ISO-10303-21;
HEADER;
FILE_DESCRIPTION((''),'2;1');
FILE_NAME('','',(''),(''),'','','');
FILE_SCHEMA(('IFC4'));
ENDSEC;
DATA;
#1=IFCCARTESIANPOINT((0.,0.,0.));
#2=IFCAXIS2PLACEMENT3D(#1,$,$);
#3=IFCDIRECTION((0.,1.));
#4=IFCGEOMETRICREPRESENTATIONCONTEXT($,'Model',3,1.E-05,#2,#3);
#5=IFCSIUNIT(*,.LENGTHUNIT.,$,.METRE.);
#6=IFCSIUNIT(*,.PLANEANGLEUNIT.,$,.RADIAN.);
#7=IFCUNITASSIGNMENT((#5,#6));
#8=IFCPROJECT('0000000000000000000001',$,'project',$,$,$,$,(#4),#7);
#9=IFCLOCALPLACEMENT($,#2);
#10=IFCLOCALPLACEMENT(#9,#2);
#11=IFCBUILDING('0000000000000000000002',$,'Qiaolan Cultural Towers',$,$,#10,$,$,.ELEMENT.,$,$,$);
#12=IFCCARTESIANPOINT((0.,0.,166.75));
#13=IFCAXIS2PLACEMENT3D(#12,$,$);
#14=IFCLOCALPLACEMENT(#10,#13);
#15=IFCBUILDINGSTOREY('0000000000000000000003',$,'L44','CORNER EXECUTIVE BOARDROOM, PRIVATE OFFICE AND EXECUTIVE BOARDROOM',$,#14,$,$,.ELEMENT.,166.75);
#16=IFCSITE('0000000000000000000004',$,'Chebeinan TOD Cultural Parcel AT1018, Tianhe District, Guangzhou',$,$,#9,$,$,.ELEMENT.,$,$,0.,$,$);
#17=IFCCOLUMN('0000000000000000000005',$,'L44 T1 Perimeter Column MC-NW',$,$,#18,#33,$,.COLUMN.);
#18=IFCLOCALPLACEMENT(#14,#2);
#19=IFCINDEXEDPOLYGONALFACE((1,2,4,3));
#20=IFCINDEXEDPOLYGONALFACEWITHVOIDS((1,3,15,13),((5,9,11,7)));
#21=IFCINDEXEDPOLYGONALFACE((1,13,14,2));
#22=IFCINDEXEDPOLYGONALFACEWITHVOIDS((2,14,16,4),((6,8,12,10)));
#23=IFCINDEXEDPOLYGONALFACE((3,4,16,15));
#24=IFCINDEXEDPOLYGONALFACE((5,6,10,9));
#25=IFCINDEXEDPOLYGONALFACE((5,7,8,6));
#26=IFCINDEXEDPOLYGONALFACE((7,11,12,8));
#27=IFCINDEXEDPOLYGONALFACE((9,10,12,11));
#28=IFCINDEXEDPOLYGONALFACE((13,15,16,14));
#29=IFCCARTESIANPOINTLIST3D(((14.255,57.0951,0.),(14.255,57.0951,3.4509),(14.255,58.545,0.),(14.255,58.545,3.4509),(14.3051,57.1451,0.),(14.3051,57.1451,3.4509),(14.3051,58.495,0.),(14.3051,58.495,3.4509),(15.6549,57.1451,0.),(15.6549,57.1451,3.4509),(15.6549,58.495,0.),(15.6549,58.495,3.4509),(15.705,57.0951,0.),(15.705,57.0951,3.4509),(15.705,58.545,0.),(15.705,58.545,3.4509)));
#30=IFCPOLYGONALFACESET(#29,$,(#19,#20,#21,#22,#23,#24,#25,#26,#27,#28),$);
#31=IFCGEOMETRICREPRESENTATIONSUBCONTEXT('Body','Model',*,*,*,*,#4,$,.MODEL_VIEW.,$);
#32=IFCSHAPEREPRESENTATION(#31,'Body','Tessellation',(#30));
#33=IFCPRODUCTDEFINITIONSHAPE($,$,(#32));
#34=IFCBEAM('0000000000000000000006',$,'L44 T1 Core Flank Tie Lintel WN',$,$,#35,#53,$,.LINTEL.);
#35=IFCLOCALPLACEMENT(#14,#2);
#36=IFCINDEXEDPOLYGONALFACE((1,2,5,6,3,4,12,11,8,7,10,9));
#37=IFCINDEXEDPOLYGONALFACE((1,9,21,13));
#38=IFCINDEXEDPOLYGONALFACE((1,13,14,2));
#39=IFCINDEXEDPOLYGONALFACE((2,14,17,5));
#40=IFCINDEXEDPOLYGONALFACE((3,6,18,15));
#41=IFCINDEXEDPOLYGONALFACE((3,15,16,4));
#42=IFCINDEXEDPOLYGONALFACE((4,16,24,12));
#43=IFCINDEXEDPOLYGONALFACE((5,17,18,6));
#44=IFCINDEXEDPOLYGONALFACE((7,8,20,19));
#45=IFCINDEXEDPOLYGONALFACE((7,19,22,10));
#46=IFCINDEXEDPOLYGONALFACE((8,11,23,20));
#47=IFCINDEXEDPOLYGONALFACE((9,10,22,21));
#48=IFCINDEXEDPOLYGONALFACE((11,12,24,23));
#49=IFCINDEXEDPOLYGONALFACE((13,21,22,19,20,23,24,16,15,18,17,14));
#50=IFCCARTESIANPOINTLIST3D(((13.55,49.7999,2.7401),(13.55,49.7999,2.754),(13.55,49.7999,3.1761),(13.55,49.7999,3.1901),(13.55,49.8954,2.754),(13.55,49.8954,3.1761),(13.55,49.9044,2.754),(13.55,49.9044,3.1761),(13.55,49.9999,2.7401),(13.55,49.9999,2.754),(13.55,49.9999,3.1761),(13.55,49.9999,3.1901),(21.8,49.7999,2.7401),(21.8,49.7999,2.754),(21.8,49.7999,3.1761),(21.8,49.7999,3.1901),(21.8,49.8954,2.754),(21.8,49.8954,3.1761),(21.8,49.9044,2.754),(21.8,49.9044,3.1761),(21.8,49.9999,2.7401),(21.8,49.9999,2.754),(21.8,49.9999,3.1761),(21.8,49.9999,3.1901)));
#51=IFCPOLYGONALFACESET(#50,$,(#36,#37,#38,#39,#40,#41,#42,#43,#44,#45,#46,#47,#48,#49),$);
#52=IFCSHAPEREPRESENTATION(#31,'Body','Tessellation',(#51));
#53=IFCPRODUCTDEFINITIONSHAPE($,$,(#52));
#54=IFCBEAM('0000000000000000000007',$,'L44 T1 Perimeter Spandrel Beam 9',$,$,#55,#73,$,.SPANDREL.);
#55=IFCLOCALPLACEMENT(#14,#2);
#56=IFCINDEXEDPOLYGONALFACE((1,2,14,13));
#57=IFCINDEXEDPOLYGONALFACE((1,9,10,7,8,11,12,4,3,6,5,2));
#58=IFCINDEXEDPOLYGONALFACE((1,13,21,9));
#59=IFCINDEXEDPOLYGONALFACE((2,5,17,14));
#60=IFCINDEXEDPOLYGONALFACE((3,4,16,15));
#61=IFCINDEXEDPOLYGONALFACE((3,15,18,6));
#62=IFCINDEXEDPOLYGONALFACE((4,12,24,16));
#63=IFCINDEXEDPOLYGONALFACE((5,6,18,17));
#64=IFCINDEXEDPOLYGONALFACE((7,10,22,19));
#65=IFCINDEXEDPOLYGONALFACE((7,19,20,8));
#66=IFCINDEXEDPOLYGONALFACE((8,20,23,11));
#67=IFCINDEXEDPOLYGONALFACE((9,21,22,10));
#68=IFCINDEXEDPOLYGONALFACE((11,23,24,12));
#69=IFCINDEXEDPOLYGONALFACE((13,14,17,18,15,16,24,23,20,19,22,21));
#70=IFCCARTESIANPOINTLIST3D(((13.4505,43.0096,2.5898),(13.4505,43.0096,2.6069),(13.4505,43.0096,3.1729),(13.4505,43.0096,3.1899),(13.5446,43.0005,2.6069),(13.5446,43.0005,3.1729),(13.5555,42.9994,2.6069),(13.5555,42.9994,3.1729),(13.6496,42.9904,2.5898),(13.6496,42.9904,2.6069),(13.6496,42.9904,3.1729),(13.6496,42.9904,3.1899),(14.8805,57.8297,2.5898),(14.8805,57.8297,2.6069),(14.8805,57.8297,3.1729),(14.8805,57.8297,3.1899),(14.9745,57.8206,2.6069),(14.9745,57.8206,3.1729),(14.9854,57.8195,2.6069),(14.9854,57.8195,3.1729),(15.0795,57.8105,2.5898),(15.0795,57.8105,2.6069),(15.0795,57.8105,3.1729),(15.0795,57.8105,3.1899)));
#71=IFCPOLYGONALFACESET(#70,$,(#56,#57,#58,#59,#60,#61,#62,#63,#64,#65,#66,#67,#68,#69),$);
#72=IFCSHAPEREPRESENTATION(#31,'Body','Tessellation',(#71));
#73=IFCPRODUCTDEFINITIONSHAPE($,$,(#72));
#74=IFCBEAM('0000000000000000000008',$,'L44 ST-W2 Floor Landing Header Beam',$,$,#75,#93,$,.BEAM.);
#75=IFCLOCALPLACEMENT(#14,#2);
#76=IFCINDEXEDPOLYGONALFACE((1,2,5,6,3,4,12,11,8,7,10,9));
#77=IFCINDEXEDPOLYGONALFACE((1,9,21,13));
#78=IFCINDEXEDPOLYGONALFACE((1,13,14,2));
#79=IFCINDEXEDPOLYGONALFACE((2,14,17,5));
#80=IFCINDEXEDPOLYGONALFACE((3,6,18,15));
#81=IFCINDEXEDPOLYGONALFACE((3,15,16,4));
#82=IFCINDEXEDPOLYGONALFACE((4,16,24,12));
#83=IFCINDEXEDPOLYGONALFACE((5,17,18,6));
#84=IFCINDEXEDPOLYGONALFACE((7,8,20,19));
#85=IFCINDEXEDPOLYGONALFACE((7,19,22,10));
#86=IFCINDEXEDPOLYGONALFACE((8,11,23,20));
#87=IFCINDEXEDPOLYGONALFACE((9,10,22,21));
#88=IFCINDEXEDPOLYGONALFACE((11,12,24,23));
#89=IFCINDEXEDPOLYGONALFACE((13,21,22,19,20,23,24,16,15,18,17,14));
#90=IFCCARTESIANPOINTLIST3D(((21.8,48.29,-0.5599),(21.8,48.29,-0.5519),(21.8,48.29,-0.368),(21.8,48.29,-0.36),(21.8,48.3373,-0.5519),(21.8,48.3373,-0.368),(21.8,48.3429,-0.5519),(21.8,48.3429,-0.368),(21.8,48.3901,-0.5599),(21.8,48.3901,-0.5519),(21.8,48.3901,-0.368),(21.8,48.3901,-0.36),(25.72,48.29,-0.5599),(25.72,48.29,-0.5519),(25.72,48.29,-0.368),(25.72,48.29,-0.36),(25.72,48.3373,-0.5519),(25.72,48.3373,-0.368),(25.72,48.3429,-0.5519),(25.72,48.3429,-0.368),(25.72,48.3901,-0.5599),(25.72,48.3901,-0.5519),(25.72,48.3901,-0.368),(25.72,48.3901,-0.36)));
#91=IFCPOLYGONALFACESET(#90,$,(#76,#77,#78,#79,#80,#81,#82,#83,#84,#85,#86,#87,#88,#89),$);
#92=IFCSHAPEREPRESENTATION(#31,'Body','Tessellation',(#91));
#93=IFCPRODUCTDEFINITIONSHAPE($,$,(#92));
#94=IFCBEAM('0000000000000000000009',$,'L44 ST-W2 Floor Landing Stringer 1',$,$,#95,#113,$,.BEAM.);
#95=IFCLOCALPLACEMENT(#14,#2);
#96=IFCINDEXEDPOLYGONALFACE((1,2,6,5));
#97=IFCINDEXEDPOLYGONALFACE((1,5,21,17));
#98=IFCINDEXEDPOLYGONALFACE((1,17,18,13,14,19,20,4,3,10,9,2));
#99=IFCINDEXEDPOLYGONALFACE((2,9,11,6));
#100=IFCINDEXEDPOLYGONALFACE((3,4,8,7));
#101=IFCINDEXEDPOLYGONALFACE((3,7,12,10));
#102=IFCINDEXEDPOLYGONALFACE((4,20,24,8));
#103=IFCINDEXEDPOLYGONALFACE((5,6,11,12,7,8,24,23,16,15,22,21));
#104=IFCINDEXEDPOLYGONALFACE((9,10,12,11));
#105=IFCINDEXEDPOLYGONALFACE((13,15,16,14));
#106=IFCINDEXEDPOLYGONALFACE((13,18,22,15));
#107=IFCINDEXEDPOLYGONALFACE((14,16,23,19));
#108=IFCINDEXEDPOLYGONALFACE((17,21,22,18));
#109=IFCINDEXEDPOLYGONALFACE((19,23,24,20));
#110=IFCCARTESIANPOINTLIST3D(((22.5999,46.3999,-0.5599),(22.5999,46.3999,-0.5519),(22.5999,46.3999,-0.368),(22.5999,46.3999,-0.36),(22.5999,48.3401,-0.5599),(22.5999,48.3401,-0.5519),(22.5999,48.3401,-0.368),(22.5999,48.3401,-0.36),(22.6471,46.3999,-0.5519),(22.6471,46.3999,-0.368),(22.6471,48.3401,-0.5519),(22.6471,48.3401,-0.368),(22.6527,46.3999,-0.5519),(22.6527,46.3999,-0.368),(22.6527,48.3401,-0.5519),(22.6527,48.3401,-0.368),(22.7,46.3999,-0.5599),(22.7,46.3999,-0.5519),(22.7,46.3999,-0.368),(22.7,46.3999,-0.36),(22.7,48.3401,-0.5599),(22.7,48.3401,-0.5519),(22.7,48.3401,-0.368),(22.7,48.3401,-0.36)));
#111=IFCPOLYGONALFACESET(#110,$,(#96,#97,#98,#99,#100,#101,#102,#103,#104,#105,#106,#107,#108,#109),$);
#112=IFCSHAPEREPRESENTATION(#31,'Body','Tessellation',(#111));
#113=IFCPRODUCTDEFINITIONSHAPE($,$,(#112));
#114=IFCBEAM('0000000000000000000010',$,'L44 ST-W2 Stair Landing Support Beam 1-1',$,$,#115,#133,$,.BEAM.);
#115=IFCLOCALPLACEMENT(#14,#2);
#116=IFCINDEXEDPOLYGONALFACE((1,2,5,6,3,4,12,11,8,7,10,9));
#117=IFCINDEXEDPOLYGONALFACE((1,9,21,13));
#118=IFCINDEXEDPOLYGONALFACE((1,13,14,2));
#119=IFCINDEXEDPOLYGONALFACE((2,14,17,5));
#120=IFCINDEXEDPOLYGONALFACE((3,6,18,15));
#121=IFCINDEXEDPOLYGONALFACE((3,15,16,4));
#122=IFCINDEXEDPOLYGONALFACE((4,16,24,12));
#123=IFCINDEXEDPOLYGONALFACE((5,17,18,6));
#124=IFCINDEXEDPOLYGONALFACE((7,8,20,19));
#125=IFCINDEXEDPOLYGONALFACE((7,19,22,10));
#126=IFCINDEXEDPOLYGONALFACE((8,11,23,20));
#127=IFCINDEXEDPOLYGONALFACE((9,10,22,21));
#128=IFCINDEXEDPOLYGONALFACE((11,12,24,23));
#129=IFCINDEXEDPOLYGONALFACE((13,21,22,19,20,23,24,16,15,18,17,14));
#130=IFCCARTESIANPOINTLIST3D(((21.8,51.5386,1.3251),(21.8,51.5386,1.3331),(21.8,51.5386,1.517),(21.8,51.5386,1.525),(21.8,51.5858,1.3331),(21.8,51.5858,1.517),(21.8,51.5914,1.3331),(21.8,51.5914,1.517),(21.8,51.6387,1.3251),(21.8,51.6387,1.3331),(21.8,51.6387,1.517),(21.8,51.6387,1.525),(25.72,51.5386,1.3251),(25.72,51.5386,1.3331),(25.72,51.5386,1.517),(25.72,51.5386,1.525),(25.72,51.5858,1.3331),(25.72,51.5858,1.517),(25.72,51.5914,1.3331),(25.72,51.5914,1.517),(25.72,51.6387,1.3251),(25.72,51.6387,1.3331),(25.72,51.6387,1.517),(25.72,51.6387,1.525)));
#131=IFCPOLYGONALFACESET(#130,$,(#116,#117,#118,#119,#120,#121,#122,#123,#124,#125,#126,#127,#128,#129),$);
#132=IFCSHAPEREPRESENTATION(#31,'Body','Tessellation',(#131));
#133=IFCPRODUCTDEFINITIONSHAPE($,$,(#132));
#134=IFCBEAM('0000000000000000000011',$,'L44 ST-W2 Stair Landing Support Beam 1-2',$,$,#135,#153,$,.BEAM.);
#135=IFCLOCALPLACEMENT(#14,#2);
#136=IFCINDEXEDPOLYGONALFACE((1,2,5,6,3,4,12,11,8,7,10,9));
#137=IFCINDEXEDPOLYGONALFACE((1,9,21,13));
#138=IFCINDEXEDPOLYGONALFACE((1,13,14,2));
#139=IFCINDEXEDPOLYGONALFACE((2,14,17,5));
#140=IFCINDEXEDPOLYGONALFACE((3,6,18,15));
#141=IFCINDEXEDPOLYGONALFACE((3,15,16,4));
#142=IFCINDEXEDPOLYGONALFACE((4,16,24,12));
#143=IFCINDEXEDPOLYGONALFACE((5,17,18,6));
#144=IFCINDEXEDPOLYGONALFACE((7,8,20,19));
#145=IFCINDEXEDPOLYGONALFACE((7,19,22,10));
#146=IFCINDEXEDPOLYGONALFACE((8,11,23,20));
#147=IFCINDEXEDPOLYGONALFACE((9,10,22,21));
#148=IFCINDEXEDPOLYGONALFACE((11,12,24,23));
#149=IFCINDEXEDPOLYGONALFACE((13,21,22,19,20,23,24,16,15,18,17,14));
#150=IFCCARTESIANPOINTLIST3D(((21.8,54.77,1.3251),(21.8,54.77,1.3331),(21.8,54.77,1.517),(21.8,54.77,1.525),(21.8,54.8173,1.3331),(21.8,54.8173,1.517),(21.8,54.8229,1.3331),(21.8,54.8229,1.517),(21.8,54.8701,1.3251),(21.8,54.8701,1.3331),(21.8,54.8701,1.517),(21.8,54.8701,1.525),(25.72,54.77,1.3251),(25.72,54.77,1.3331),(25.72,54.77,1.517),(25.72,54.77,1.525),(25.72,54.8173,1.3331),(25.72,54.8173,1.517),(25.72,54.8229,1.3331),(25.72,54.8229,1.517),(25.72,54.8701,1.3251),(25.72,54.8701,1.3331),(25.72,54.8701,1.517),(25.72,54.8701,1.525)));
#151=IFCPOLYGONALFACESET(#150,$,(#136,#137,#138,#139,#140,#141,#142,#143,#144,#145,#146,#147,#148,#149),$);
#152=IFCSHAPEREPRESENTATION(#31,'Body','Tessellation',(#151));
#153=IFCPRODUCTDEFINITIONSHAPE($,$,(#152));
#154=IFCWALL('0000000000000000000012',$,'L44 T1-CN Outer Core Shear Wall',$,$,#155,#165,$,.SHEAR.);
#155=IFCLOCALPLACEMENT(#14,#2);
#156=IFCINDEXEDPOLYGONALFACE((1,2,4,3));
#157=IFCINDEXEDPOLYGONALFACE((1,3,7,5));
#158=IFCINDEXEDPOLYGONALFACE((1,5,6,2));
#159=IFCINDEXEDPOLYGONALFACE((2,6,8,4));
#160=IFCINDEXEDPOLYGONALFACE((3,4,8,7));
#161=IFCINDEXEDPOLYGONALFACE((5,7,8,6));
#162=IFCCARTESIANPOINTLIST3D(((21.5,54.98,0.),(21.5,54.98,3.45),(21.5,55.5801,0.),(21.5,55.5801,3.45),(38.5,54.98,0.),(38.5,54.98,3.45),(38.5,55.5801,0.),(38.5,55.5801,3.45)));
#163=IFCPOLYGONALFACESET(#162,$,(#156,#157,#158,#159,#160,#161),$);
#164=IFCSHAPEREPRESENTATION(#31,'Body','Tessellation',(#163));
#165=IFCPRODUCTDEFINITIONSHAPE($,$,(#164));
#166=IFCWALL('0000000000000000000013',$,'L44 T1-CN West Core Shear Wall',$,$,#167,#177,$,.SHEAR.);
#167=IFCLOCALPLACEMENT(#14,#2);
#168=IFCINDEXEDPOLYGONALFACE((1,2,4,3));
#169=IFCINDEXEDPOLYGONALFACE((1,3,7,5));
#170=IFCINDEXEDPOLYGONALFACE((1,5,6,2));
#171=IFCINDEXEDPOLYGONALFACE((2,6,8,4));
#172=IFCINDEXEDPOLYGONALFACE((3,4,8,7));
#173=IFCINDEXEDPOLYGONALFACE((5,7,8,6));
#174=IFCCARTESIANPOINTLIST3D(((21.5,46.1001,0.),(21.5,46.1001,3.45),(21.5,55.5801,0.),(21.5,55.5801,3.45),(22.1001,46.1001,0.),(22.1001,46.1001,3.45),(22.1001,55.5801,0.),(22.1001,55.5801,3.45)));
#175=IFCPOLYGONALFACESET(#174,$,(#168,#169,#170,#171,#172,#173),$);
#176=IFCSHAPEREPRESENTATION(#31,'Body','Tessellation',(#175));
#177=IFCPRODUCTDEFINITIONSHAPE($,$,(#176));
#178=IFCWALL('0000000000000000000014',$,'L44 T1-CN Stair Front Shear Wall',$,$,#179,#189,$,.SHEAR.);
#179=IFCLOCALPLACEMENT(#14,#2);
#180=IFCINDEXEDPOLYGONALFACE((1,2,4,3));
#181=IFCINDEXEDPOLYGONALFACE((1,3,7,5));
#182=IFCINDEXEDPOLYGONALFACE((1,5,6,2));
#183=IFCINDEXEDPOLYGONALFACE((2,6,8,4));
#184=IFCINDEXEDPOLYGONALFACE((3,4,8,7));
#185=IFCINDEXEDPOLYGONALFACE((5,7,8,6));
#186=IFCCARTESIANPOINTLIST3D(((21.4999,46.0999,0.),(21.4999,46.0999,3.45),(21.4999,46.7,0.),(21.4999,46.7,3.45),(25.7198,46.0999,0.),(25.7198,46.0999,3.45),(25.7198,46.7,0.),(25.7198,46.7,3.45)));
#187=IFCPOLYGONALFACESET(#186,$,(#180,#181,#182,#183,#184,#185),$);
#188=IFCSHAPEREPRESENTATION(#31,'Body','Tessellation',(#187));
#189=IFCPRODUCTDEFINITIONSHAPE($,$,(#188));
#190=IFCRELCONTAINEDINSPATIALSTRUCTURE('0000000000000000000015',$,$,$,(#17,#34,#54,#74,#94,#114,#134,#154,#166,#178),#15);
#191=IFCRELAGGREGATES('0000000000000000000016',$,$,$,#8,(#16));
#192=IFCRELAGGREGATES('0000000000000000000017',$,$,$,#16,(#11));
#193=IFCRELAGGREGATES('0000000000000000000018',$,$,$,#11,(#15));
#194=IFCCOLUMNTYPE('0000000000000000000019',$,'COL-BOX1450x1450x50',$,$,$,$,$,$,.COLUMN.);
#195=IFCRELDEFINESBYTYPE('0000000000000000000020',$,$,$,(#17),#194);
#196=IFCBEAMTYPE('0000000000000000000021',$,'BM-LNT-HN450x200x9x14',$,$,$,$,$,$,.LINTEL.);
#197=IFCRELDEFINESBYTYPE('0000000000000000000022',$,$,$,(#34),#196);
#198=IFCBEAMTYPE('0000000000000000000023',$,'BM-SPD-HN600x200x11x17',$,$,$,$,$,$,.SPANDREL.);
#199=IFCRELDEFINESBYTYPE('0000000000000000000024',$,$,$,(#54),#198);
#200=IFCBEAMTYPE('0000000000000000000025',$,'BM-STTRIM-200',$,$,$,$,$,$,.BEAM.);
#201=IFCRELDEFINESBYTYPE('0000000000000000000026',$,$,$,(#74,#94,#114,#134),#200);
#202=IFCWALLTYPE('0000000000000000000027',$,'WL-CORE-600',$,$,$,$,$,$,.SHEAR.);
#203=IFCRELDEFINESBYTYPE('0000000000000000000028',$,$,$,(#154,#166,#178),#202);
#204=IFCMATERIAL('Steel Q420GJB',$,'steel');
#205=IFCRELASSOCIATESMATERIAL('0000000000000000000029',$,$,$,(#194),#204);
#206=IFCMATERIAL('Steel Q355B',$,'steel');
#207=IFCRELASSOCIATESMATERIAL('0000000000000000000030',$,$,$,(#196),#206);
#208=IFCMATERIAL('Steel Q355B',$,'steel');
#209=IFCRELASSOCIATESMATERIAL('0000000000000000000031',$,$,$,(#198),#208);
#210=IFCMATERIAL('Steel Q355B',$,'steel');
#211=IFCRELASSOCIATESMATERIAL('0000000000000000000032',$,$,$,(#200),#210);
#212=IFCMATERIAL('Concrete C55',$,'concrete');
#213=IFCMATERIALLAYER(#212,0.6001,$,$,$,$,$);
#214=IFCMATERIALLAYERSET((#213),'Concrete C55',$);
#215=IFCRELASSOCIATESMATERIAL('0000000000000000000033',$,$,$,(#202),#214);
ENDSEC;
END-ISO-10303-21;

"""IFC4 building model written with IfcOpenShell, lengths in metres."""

from ifc_helpers import new_model, si_unit, direction, frame, frame_2d, origin, origin_2d, place, context, subcontext, project, spatial, rectangle, hollow_rectangle, i_section, extrude, material, layer, layer_set, material_profile, profile_set, type_object, element, save


model = new_model("IFC4")

# Units and contexts
model_context = context("Model", 3, precision=1e-05, world=origin(), true_north=direction((0.0, 1.0)))
body_context = subcontext(model_context, "Body", "Model", "MODEL_VIEW")
ifc_project = project(units=[si_unit("LENGTHUNIT", "METRE"), si_unit("PLANEANGLEUNIT", "RADIAN")], contexts=[model_context])

# Site, building, storey
site_placement = place(None, origin())
site = spatial("IfcSite", under=ifc_project, at=site_placement, Name="Chebeinan TOD Cultural Parcel AT1018, Tianhe District, Guangzhou", CompositionType="ELEMENT", RefElevation=0.0)
building_placement = place(site_placement, origin())
building = spatial("IfcBuilding", under=site, at=building_placement, Name="Qiaolan Cultural Towers", CompositionType="ELEMENT")
storey_placement = place(building_placement, frame((0.0, 0.0, 166.75)))
storey = spatial("IfcBuildingStorey", under=building, at=storey_placement, Name="L44", Description="CORNER EXECUTIVE BOARDROOM, PRIVATE OFFICE AND EXECUTIVE BOARDROOM", CompositionType="ELEMENT", Elevation=166.75)

# Column
ifc_material_1 = material(Name="Steel Q420GJB", Category="steel")
ifc_material_profile_1 = material_profile(ifc_material_1, hollow_rectangle(XDim=1.45, YDim=1.45, WallThickness=0.05, at=origin_2d()), Name="BOX1450x1450x50")
ifc_profile_set_1 = profile_set([ifc_material_profile_1], Name="Steel Q420GJB")
column_type = type_object("IfcColumnType", Name="COL-BOX1450x1450x50", PredefinedType="COLUMN", material=ifc_profile_set_1)
column_placement = place(storey_placement, frame((14.98, 57.8201, 0.0), z_axis=(0.0, 0.0, 1.0), x_axis=(1.0, 0.0, 0.0)))
element("IfcColumn", 1, at=column_placement, inside=storey, type_object=column_type, Name="L44 T1 Perimeter Column MC-NW", PredefinedType="COLUMN", context=body_context, shape_type="SweptSolid", body=[
    extrude(hollow_rectangle(XDim=1.45, YDim=1.45, WallThickness=0.05, at=origin_2d()), origin(), (0.0, 0.0, 1.0), 3.4509),
])

# Beams
ifc_material_2 = material(Name="Steel Q355B", Category="steel")
ifc_material_profile_2 = material_profile(ifc_material_2, i_section(OverallWidth=0.2, OverallDepth=0.45, WebThickness=0.009, FlangeThickness=0.0139, at=origin_2d()), Name="HN450x200x9x14")
ifc_profile_set_2 = profile_set([ifc_material_profile_2], Name="Steel Q355B")
beam_type_1 = type_object("IfcBeamType", Name="BM-LNT-HN450x200x9x14", PredefinedType="LINTEL", material=ifc_profile_set_2)
beam_1_placement = place(storey_placement, frame((21.8, 49.8999, 2.9651), z_axis=(-1.0, 0.0, 0.0), x_axis=(0.0, -1.0, 0.0)))
element("IfcBeam", 2, at=beam_1_placement, inside=storey, type_object=beam_type_1, Name="L44 T1 Core Flank Tie Lintel WN", PredefinedType="LINTEL", context=body_context, shape_type="SweptSolid", body=[
    extrude(i_section(OverallWidth=0.2, OverallDepth=0.45, WebThickness=0.009, FlangeThickness=0.0139, at=origin_2d()), origin(), (0.0, 0.0, 1.0), 8.25),
])
ifc_material_3 = material(Name="Steel Q355B", Category="steel")
ifc_material_profile_3 = material_profile(ifc_material_3, i_section(OverallWidth=0.2, OverallDepth=0.6001, WebThickness=0.011, FlangeThickness=0.0171, at=origin_2d()), Name="HN600x200x11x17")
ifc_profile_set_3 = profile_set([ifc_material_profile_3], Name="Steel Q355B")
beam_type_2 = type_object("IfcBeamType", Name="BM-SPD-HN600x200x11x17", PredefinedType="SPANDREL", material=ifc_profile_set_3)
beam_2_placement = place(storey_placement, frame((14.98, 57.8201, 2.8899), z_axis=(-0.09604, -0.995377, 0.0), x_axis=(0.995377, -0.09604, 0.0)))
element("IfcBeam", 3, at=beam_2_placement, inside=storey, type_object=beam_type_2, Name="L44 T1 Perimeter Spandrel Beam 9", PredefinedType="SPANDREL", context=body_context, shape_type="SweptSolid", body=[
    extrude(i_section(OverallWidth=0.2, OverallDepth=0.6001, WebThickness=0.011, FlangeThickness=0.0171, at=origin_2d()), origin(), (0.0, 0.0, 1.0), 14.8889),
])
ifc_material_4 = material(Name="Steel Q355B", Category="steel")
ifc_material_profile_4 = material_profile(ifc_material_4, i_section(OverallWidth=0.1001, OverallDepth=0.2, WebThickness=0.0056, FlangeThickness=0.0081, at=origin_2d()), Name="HN200x100x5.5x8")
ifc_profile_set_4 = profile_set([ifc_material_profile_4], Name="Steel Q355B")
beam_type_3 = type_object("IfcBeamType", Name="BM-STTRIM-200", PredefinedType="BEAM", material=ifc_profile_set_4)
beam_3_placement = place(storey_placement, frame((21.8, 48.3401, -0.46), z_axis=(1.0, 0.0, 0.0), x_axis=(0.0, 1.0, 0.0)))
element("IfcBeam", 4, at=beam_3_placement, inside=storey, type_object=beam_type_3, Name="L44 ST-W2 Floor Landing Header Beam", PredefinedType="BEAM", context=body_context, shape_type="SweptSolid", body=[
    extrude(i_section(OverallWidth=0.1001, OverallDepth=0.2, WebThickness=0.0056, FlangeThickness=0.0081, at=origin_2d()), origin(), (0.0, 0.0, 1.0), 3.9199),
])
beam_4_placement = place(storey_placement, frame((22.6499, 46.3999, -0.46), z_axis=(0.0, 1.0, 0.0), x_axis=(-1.0, 0.0, 0.0)))
element("IfcBeam", 5, at=beam_4_placement, inside=storey, type_object=beam_type_3, Name="L44 ST-W2 Floor Landing Stringer 1", PredefinedType="BEAM", context=body_context, shape_type="SweptSolid", body=[
    extrude(i_section(OverallWidth=0.1001, OverallDepth=0.2, WebThickness=0.0056, FlangeThickness=0.0081, at=origin_2d()), origin(), (0.0, 0.0, 1.0), 1.9402),
])
for number, where, z_axis, x_axis, name in (
    (6, (21.8, 51.5886, 1.425), (1.0, 0.0, 0.0), (0.0, 1.0, 0.0), "L44 ST-W2 Stair Landing Support Beam 1-1"),
    (7, (21.8, 54.8201, 1.425), (1.0, 0.0, 0.0), (0.0, 1.0, 0.0), "L44 ST-W2 Stair Landing Support Beam 1-2"),
):
    element("IfcBeam", number, at=place(storey_placement, frame(where, z_axis=z_axis, x_axis=x_axis)), inside=storey, type_object=beam_type_3, Name=name, PredefinedType="BEAM", context=body_context, shape_type="SweptSolid", body=[
        extrude(i_section(OverallWidth=0.1001, OverallDepth=0.2, WebThickness=0.0056, FlangeThickness=0.0081, at=origin_2d()), origin(), (0.0, 0.0, 1.0), 3.9199),
    ])

# Walls
ifc_material_5 = material(Name="Concrete C55", Category="concrete")
ifc_layer_1 = layer(ifc_material_5, 0.6001)
ifc_layer_set_1 = layer_set([ifc_layer_1], Name="Concrete C55")
wall_type_1 = type_object("IfcWallType", Name="WL-CORE-600", PredefinedType="SHEAR", material=ifc_layer_set_1)
wall_1_placement = place(storey_placement, frame((21.5, 55.28, 0.0), z_axis=(0.0, 0.0, 1.0), x_axis=(1.0, 0.0, 0.0)))
element("IfcWall", 8, at=wall_1_placement, inside=storey, type_object=wall_type_1, Name="L44 T1-CN Outer Core Shear Wall", PredefinedType="SHEAR", context=body_context, shape_type="SweptSolid", body=[
    extrude(rectangle(XDim=17.0, YDim=0.6001, at=frame_2d((8.5, 0.0))), origin(), (0.0, 0.0, 1.0), 3.45),
])
wall_2_placement = place(storey_placement, frame((21.8, 46.1001, 0.0), z_axis=(0.0, 0.0, 1.0), x_axis=(0.0, 1.0, 0.0)))
element("IfcWall", 9, at=wall_2_placement, inside=storey, type_object=wall_type_1, Name="L44 T1-CN West Core Shear Wall", PredefinedType="SHEAR", context=body_context, shape_type="SweptSolid", body=[
    extrude(rectangle(XDim=9.48, YDim=0.6001, at=frame_2d((4.74, 0.0))), origin(), (0.0, 0.0, 1.0), 3.45),
])
wall_3_placement = place(storey_placement, frame((21.5, 46.3999, 0.0), z_axis=(0.0, 0.0, 1.0), x_axis=(1.0, 0.0, 0.0)))
element("IfcWall", 10, at=wall_3_placement, inside=storey, type_object=wall_type_1, Name="L44 T1-CN Stair Front Shear Wall", PredefinedType="SHEAR", context=body_context, shape_type="SweptSolid", body=[
    extrude(rectangle(XDim=4.22, YDim=0.6001, at=frame_2d((2.1099, 0.0))), origin(), (0.0, 0.0, 1.0), 3.45),
])

save(model, "model.ifc")
